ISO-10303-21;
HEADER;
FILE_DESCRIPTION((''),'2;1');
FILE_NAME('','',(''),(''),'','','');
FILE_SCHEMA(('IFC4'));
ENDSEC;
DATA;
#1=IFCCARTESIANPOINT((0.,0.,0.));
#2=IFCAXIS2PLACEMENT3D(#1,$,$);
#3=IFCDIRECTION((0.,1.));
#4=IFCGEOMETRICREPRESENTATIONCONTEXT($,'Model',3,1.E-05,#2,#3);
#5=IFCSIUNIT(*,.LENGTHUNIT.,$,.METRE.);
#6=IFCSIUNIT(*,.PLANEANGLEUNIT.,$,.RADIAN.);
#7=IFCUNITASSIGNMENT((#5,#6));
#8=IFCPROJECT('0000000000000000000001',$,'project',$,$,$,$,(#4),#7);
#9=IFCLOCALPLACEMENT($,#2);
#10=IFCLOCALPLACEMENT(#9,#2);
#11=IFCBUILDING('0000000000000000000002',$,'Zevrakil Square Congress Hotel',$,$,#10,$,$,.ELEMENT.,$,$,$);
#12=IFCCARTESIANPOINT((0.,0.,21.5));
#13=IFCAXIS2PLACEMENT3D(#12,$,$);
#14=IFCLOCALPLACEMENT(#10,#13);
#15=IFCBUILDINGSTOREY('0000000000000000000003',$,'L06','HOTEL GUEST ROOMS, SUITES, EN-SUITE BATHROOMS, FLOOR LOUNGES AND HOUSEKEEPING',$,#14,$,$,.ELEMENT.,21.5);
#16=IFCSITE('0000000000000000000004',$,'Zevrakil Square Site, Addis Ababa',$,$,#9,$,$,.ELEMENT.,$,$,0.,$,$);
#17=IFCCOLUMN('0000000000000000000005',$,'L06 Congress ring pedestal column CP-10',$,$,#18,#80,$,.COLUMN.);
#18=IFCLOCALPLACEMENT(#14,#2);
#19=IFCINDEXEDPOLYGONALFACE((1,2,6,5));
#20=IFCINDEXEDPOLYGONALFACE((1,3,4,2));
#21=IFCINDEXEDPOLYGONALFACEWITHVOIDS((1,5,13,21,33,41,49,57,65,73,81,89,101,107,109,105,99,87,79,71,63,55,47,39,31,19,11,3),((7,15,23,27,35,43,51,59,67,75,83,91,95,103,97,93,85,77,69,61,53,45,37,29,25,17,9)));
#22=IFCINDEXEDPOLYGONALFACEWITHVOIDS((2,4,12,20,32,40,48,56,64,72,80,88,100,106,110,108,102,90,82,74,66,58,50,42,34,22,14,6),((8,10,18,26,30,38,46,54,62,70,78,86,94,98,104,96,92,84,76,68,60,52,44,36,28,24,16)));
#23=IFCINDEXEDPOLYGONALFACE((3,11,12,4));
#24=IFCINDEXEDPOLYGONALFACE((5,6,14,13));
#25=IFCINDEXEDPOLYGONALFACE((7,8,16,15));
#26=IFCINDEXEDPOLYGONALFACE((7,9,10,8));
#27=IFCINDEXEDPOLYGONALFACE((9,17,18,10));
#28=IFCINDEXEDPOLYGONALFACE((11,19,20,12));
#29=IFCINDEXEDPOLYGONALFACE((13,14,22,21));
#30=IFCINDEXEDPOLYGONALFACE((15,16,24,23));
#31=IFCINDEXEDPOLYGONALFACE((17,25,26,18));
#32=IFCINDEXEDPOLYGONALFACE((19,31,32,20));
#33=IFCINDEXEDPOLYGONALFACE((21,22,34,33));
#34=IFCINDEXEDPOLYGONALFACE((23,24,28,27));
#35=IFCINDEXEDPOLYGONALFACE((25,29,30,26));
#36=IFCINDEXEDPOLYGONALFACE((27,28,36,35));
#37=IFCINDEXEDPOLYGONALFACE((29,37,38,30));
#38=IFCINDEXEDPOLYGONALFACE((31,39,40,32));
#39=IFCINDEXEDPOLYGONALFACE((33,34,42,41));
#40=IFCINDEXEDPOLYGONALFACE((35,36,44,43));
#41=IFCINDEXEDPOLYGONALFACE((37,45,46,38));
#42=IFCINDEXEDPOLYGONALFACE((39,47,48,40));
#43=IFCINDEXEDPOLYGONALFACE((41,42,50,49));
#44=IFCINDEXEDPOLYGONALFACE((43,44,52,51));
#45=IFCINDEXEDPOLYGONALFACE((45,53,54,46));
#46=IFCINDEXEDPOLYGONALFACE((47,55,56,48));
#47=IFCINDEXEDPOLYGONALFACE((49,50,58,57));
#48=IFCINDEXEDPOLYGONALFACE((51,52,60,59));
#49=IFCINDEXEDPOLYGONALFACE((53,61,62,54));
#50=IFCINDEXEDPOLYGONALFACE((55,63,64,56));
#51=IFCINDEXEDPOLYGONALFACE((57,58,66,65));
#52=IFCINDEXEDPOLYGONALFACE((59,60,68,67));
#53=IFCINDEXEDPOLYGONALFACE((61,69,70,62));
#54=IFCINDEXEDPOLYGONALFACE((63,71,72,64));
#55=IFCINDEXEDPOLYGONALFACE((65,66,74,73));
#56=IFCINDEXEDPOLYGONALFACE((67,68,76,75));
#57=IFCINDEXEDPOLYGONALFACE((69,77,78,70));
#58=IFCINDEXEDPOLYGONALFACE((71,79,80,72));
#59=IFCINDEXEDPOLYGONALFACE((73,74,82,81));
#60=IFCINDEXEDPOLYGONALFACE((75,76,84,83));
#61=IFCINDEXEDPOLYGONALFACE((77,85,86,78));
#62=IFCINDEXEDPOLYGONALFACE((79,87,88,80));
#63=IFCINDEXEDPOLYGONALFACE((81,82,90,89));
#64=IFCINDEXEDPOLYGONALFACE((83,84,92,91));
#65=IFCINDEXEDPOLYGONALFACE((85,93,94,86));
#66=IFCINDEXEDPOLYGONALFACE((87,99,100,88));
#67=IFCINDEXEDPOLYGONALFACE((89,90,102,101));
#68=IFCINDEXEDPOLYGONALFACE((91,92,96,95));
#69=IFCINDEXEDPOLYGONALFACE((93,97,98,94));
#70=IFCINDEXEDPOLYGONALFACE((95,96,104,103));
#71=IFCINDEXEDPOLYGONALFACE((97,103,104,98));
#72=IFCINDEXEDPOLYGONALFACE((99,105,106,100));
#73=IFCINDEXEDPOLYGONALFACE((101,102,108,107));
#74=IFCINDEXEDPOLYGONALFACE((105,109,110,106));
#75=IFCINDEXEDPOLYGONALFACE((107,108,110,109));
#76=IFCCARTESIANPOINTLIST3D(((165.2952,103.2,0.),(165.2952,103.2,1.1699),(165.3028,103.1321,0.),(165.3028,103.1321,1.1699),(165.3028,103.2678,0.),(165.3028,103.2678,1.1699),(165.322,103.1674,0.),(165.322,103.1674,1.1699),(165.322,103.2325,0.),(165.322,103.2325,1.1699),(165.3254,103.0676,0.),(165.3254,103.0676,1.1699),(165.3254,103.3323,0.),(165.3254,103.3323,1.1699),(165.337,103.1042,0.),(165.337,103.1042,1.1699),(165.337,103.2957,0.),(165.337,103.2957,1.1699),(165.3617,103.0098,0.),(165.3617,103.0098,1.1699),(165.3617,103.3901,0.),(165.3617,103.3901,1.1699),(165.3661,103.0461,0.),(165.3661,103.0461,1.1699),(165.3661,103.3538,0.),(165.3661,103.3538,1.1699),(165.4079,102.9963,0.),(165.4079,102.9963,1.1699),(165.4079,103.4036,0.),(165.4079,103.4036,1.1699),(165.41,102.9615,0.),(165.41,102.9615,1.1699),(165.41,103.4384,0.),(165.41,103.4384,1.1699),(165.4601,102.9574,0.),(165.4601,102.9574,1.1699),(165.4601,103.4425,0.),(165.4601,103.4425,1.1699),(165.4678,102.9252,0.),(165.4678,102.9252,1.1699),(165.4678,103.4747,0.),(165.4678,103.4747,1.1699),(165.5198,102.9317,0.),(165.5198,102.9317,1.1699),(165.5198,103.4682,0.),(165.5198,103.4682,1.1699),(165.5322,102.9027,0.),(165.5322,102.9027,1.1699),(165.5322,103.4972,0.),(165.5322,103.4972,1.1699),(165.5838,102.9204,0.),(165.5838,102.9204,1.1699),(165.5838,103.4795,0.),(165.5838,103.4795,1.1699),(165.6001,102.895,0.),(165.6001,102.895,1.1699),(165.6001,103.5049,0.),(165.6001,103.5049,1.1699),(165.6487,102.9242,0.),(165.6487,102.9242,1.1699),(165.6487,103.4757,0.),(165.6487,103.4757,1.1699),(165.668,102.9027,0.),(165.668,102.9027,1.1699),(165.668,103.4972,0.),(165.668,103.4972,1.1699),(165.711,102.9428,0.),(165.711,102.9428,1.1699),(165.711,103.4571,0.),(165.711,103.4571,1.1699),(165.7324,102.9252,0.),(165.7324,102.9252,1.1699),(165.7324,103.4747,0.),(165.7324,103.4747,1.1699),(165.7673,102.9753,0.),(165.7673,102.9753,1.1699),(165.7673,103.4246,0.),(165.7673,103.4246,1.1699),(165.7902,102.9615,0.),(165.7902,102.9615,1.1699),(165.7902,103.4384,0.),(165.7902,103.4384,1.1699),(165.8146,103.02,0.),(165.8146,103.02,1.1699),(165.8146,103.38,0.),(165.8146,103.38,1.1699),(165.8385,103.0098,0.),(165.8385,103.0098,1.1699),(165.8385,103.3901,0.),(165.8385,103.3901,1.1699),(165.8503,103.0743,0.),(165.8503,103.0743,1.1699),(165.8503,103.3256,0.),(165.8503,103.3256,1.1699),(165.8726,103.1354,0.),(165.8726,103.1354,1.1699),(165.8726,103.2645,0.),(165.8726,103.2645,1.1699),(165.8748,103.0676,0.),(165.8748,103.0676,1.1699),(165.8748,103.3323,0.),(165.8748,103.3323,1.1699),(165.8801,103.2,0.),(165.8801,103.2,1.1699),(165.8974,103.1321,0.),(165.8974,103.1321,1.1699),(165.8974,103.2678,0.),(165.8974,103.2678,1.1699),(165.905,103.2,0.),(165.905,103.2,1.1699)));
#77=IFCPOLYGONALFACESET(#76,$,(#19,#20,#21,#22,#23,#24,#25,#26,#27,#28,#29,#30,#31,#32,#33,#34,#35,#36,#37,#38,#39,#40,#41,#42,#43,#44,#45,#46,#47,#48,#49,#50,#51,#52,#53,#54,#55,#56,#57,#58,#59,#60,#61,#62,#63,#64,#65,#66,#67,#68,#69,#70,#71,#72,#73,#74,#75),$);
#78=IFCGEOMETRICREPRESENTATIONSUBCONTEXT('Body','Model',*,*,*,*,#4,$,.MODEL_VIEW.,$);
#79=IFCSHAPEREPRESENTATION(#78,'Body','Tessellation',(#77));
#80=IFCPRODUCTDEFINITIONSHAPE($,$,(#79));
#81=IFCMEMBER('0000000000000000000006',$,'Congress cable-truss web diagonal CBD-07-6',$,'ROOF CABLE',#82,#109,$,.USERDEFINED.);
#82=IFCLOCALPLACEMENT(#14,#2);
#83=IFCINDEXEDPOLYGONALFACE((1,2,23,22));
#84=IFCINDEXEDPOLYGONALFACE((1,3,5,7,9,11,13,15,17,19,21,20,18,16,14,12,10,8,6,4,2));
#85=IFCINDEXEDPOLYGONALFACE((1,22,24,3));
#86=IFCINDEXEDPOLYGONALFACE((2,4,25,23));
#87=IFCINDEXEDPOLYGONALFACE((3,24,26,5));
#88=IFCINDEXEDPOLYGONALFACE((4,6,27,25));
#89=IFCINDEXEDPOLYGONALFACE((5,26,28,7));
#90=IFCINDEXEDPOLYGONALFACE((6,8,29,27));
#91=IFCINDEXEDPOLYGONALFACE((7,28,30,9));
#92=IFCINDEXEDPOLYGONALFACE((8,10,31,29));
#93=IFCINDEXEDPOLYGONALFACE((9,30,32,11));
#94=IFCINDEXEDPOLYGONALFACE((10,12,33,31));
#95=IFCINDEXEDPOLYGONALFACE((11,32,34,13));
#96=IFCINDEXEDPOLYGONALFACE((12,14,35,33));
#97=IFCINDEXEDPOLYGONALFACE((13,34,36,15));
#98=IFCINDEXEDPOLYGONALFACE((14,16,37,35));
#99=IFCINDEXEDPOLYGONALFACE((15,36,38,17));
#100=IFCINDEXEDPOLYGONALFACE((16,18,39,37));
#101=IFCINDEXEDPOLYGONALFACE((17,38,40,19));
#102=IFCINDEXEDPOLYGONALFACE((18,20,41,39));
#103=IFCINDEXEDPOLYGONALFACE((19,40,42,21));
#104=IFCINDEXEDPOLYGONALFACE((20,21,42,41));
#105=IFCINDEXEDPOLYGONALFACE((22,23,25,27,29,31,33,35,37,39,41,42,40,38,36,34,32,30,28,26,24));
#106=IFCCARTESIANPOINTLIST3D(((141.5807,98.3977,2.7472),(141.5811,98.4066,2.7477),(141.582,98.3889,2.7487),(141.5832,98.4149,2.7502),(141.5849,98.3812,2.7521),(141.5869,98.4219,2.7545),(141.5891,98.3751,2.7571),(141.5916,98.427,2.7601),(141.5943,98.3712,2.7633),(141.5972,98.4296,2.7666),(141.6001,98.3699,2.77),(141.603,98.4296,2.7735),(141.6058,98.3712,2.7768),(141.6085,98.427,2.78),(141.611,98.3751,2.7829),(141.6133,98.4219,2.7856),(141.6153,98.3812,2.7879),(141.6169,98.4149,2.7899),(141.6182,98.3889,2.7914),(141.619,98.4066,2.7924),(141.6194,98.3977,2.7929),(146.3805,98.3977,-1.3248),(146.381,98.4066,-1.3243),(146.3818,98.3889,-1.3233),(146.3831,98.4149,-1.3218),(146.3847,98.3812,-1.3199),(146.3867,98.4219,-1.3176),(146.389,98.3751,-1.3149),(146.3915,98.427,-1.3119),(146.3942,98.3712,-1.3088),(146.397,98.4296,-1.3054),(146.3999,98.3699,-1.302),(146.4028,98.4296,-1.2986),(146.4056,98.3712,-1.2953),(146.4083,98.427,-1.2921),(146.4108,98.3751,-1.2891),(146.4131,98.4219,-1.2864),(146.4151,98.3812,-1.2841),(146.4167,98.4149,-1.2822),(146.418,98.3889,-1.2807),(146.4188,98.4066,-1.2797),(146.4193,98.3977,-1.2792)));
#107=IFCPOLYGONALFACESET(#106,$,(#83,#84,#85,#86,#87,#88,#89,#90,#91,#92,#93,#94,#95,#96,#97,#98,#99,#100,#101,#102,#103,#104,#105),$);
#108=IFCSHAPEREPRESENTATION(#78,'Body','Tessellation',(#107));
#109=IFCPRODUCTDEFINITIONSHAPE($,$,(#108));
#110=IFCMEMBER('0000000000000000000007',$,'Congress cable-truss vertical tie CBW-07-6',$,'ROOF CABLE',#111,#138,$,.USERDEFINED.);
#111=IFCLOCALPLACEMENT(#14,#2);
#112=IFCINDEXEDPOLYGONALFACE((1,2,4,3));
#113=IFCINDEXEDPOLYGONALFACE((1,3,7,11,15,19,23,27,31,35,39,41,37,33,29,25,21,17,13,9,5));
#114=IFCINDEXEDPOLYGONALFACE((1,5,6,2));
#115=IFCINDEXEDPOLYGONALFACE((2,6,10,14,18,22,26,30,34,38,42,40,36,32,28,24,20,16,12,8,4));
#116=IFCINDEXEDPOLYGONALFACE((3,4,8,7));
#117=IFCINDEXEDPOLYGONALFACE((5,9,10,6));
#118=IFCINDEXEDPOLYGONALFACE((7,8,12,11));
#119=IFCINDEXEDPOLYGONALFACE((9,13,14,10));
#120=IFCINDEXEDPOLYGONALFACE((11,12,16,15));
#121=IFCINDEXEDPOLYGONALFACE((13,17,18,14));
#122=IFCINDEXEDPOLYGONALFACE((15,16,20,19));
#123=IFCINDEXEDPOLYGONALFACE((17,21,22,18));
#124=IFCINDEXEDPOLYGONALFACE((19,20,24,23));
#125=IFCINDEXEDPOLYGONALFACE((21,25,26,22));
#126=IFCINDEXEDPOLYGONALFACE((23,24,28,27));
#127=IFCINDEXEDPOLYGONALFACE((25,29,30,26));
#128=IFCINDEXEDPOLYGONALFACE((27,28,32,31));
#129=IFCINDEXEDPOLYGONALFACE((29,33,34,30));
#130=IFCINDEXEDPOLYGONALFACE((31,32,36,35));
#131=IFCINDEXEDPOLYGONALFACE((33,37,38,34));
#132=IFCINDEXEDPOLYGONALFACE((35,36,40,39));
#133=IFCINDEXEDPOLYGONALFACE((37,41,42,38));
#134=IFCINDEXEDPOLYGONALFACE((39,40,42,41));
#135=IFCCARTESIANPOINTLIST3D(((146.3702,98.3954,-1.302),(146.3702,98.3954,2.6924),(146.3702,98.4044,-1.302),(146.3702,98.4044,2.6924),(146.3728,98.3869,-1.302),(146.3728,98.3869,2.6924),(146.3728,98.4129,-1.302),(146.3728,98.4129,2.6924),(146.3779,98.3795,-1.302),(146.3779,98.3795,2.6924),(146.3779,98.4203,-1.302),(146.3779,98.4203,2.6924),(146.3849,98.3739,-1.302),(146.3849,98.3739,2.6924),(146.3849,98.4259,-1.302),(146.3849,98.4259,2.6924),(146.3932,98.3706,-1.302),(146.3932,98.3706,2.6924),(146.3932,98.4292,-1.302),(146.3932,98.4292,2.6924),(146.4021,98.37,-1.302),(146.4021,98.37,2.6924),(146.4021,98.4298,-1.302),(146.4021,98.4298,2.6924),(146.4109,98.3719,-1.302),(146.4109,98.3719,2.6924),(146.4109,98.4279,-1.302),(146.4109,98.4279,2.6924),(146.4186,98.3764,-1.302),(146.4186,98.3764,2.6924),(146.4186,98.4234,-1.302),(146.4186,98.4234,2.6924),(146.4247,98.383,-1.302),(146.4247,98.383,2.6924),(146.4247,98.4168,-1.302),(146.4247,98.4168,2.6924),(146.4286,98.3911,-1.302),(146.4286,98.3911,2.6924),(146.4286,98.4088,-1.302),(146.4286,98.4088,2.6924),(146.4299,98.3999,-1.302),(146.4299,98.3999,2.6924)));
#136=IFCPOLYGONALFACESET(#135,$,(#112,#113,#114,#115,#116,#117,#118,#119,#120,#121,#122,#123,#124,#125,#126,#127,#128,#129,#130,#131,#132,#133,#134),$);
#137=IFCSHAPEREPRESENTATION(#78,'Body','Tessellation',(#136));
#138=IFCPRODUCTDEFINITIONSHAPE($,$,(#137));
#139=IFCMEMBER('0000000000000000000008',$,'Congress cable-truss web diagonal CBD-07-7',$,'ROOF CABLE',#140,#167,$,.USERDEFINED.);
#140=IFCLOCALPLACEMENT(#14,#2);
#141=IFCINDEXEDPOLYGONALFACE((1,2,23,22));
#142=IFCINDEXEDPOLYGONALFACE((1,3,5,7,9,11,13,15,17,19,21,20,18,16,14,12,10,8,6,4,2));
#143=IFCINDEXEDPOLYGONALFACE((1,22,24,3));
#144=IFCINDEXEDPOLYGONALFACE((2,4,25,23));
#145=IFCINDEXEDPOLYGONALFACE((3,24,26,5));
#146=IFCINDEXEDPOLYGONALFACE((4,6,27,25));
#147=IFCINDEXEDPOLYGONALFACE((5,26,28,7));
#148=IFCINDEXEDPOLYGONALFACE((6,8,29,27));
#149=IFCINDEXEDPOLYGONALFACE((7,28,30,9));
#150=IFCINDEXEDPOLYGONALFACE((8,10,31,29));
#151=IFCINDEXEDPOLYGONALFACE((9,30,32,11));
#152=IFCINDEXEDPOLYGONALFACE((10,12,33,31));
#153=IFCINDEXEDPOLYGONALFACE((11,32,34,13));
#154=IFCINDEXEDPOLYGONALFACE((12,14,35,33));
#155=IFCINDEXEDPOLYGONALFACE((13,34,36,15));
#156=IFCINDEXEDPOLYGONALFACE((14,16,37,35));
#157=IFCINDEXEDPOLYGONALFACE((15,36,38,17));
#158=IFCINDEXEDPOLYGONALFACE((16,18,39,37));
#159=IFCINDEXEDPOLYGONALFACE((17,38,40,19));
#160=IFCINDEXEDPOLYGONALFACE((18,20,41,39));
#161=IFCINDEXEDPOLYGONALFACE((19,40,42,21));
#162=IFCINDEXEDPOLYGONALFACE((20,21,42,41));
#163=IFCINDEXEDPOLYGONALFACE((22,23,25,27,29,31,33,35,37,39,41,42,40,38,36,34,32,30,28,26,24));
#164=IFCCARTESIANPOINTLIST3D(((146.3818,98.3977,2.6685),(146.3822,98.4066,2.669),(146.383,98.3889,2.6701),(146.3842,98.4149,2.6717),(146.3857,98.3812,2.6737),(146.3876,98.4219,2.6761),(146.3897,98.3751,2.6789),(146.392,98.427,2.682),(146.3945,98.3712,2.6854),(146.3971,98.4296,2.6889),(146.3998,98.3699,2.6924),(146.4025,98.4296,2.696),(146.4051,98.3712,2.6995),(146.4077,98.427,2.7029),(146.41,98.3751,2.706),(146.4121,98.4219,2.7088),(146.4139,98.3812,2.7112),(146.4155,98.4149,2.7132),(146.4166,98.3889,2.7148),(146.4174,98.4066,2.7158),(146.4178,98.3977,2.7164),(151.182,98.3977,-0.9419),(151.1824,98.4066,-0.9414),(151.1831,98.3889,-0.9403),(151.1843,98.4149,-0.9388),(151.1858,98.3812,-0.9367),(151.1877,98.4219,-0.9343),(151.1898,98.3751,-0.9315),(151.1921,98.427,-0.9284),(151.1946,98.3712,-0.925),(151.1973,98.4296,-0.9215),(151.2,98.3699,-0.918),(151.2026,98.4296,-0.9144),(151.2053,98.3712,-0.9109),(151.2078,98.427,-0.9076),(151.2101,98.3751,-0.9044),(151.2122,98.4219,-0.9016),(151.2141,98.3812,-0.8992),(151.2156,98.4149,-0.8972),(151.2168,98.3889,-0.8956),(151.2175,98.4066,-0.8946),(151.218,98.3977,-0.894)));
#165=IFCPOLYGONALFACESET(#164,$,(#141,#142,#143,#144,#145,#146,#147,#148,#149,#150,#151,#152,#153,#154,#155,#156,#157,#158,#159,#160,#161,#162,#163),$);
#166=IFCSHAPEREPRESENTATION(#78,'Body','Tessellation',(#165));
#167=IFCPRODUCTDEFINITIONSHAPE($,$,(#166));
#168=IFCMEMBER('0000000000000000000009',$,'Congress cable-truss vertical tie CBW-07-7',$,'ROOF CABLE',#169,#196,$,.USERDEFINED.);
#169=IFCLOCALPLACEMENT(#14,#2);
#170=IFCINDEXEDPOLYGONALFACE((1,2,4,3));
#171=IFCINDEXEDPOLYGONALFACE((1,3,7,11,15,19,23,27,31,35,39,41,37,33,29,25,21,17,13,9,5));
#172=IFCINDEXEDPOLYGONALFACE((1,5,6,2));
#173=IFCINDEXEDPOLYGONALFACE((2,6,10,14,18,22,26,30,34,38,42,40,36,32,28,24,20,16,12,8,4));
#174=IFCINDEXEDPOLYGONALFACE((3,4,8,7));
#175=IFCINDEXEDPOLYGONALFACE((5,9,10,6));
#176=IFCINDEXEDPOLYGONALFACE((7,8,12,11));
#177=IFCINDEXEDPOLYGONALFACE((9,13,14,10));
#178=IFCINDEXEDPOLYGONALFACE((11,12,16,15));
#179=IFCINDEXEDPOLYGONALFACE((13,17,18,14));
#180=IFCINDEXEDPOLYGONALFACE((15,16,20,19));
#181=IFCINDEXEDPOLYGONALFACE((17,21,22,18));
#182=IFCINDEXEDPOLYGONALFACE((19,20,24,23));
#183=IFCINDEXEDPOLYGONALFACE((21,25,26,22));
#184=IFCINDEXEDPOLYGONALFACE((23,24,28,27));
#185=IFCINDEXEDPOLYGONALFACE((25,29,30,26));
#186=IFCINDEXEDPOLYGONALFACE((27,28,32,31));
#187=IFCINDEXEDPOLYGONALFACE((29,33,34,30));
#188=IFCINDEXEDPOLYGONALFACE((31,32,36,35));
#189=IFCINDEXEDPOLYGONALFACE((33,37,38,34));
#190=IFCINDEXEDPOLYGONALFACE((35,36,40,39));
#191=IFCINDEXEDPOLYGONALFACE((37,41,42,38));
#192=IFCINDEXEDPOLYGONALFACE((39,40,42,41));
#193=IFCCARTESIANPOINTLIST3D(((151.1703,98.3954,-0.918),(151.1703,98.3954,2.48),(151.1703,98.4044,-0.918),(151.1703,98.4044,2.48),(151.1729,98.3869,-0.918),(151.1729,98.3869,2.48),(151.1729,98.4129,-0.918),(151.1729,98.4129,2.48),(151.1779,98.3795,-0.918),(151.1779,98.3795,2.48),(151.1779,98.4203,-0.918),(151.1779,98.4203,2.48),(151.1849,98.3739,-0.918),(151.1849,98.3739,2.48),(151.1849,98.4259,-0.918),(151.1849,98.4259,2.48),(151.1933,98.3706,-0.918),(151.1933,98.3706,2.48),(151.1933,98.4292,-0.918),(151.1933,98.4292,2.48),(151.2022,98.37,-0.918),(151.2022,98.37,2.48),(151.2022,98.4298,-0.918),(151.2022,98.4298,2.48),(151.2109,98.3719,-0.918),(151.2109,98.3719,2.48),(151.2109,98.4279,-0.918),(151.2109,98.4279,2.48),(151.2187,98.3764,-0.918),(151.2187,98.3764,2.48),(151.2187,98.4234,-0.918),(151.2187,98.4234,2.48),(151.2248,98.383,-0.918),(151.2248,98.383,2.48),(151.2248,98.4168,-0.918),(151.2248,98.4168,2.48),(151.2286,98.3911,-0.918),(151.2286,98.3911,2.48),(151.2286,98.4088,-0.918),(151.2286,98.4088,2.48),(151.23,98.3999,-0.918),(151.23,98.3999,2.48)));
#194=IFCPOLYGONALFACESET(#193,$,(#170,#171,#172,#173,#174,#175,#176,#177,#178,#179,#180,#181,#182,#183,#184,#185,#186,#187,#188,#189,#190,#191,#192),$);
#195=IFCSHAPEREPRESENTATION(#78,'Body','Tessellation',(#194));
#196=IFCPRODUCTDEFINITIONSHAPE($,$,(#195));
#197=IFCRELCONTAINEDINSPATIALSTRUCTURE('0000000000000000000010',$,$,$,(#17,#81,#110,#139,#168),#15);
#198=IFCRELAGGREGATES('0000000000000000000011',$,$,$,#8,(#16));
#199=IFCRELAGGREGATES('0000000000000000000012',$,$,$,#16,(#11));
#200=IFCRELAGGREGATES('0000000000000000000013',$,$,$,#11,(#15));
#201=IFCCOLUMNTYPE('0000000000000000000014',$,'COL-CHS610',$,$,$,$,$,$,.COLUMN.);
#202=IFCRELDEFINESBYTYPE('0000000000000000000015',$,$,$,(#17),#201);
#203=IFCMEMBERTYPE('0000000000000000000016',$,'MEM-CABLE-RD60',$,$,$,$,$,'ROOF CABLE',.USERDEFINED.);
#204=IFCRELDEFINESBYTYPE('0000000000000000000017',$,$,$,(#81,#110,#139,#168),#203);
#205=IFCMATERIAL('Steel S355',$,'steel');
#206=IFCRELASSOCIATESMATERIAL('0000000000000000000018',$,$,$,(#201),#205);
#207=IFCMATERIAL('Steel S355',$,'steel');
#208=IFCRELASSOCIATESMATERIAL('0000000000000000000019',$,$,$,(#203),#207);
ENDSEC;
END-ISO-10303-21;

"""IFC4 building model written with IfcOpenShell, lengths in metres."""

from ifc_helpers import new_model, si_unit, direction, frame, origin, origin_2d, place, context, subcontext, project, spatial, circle, hollow_circle, extrude, material, material_profile, profile_set, type_object, element, save


model = new_model("IFC4")

# Units and contexts
model_context = context("Model", 3, precision=1e-05, world=origin(), true_north=direction((0.0, 1.0)))
body_context = subcontext(model_context, "Body", "Model", "MODEL_VIEW")
ifc_project = project(units=[si_unit("LENGTHUNIT", "METRE"), si_unit("PLANEANGLEUNIT", "RADIAN")], contexts=[model_context])

# Site, building, storey
site_placement = place(None, origin())
site = spatial("IfcSite", under=ifc_project, at=site_placement, Name="Zevrakil Square Site, Addis Ababa", CompositionType="ELEMENT", RefElevation=0.0)
building_placement = place(site_placement, origin())
building = spatial("IfcBuilding", under=site, at=building_placement, Name="Zevrakil Square Congress Hotel", CompositionType="ELEMENT")
storey_placement = place(building_placement, frame((0.0, 0.0, 21.5)))
storey = spatial("IfcBuildingStorey", under=building, at=storey_placement, Name="L06", Description="HOTEL GUEST ROOMS, SUITES, EN-SUITE BATHROOMS, FLOOR LOUNGES AND HOUSEKEEPING", CompositionType="ELEMENT", Elevation=21.5)

# Column
ifc_material_1 = material(Name="Steel S355", Category="steel")
ifc_material_profile_1 = material_profile(ifc_material_1, hollow_circle(Radius=0.3049, WallThickness=0.0249, at=origin_2d()), Name="CHS 610x25")
ifc_profile_set_1 = profile_set([ifc_material_profile_1], Name="Steel S355")
column_type = type_object("IfcColumnType", Name="COL-CHS610", PredefinedType="COLUMN", material=ifc_profile_set_1)
column_placement = place(storey_placement, frame((165.6001, 103.2, 0.0), z_axis=(0.0, 0.0, 1.0), x_axis=(1.0, 0.0, 0.0)))
element("IfcColumn", 1, at=column_placement, inside=storey, type_object=column_type, Name="L06 Congress ring pedestal column CP-10", PredefinedType="COLUMN", context=body_context, shape_type="SweptSolid", body=[
    extrude(hollow_circle(Radius=0.3049, WallThickness=0.0249, at=origin_2d()), origin(), (0.0, 0.0, 1.0), 1.1699),
])

# Members
ifc_material_2 = material(Name="Steel S355", Category="steel")
ifc_material_profile_2 = material_profile(ifc_material_2, circle(Radius=0.03, at=origin_2d()), Name="CABLE RD60")
ifc_profile_set_2 = profile_set([ifc_material_profile_2], Name="Steel S355")
member_type_1 = type_object("IfcMemberType", Name="MEM-CABLE-RD60", ElementType="ROOF CABLE", PredefinedType="USERDEFINED", material=ifc_profile_set_2)
member_1_placement = place(storey_placement, frame((146.3999, 98.3999, -1.302), z_axis=(-0.762551, 0.0, 0.646928), x_axis=(0.0, -1.0, 0.0)))
element("IfcMember", 2, at=member_1_placement, inside=storey, type_object=member_type_1, Name="Congress cable-truss web diagonal CBD-07-6", ObjectType="ROOF CABLE", PredefinedType="USERDEFINED", context=body_context, shape_type="SweptSolid", body=[
    extrude(circle(Radius=0.03, at=origin_2d()), origin(), (0.0, 0.0, 1.0), 6.2944),
])
member_2_placement = place(storey_placement, frame((146.3999, 98.3999, -1.302), z_axis=(0.0, 0.0, 1.0), x_axis=(1.0, 0.0, 0.0)))
element("IfcMember", 3, at=member_2_placement, inside=storey, type_object=member_type_1, Name="Congress cable-truss vertical tie CBW-07-6", ObjectType="ROOF CABLE", PredefinedType="USERDEFINED", context=body_context, shape_type="SweptSolid", body=[
    extrude(circle(Radius=0.03, at=origin_2d()), origin(), (0.0, 0.0, 1.0), 3.9944),
])
member_3_placement = place(storey_placement, frame((151.2, 98.3999, -0.918), z_axis=(-0.799175, 0.0, 0.601099), x_axis=(0.0, -1.0, 0.0)))
element("IfcMember", 4, at=member_3_placement, inside=storey, type_object=member_type_1, Name="Congress cable-truss web diagonal CBD-07-7", ObjectType="ROOF CABLE", PredefinedType="USERDEFINED", context=body_context, shape_type="SweptSolid", body=[
    extrude(circle(Radius=0.03, at=origin_2d()), origin(), (0.0, 0.0, 1.0), 6.0063),
])
member_4_placement = place(storey_placement, frame((151.2, 98.3999, -0.918), z_axis=(0.0, 0.0, 1.0), x_axis=(1.0, 0.0, 0.0)))
element("IfcMember", 5, at=member_4_placement, inside=storey, type_object=member_type_1, Name="Congress cable-truss vertical tie CBW-07-7", ObjectType="ROOF CABLE", PredefinedType="USERDEFINED", context=body_context, shape_type="SweptSolid", body=[
    extrude(circle(Radius=0.03, at=origin_2d()), origin(), (0.0, 0.0, 1.0), 3.3979),
])

save(model, "model.ifc")
